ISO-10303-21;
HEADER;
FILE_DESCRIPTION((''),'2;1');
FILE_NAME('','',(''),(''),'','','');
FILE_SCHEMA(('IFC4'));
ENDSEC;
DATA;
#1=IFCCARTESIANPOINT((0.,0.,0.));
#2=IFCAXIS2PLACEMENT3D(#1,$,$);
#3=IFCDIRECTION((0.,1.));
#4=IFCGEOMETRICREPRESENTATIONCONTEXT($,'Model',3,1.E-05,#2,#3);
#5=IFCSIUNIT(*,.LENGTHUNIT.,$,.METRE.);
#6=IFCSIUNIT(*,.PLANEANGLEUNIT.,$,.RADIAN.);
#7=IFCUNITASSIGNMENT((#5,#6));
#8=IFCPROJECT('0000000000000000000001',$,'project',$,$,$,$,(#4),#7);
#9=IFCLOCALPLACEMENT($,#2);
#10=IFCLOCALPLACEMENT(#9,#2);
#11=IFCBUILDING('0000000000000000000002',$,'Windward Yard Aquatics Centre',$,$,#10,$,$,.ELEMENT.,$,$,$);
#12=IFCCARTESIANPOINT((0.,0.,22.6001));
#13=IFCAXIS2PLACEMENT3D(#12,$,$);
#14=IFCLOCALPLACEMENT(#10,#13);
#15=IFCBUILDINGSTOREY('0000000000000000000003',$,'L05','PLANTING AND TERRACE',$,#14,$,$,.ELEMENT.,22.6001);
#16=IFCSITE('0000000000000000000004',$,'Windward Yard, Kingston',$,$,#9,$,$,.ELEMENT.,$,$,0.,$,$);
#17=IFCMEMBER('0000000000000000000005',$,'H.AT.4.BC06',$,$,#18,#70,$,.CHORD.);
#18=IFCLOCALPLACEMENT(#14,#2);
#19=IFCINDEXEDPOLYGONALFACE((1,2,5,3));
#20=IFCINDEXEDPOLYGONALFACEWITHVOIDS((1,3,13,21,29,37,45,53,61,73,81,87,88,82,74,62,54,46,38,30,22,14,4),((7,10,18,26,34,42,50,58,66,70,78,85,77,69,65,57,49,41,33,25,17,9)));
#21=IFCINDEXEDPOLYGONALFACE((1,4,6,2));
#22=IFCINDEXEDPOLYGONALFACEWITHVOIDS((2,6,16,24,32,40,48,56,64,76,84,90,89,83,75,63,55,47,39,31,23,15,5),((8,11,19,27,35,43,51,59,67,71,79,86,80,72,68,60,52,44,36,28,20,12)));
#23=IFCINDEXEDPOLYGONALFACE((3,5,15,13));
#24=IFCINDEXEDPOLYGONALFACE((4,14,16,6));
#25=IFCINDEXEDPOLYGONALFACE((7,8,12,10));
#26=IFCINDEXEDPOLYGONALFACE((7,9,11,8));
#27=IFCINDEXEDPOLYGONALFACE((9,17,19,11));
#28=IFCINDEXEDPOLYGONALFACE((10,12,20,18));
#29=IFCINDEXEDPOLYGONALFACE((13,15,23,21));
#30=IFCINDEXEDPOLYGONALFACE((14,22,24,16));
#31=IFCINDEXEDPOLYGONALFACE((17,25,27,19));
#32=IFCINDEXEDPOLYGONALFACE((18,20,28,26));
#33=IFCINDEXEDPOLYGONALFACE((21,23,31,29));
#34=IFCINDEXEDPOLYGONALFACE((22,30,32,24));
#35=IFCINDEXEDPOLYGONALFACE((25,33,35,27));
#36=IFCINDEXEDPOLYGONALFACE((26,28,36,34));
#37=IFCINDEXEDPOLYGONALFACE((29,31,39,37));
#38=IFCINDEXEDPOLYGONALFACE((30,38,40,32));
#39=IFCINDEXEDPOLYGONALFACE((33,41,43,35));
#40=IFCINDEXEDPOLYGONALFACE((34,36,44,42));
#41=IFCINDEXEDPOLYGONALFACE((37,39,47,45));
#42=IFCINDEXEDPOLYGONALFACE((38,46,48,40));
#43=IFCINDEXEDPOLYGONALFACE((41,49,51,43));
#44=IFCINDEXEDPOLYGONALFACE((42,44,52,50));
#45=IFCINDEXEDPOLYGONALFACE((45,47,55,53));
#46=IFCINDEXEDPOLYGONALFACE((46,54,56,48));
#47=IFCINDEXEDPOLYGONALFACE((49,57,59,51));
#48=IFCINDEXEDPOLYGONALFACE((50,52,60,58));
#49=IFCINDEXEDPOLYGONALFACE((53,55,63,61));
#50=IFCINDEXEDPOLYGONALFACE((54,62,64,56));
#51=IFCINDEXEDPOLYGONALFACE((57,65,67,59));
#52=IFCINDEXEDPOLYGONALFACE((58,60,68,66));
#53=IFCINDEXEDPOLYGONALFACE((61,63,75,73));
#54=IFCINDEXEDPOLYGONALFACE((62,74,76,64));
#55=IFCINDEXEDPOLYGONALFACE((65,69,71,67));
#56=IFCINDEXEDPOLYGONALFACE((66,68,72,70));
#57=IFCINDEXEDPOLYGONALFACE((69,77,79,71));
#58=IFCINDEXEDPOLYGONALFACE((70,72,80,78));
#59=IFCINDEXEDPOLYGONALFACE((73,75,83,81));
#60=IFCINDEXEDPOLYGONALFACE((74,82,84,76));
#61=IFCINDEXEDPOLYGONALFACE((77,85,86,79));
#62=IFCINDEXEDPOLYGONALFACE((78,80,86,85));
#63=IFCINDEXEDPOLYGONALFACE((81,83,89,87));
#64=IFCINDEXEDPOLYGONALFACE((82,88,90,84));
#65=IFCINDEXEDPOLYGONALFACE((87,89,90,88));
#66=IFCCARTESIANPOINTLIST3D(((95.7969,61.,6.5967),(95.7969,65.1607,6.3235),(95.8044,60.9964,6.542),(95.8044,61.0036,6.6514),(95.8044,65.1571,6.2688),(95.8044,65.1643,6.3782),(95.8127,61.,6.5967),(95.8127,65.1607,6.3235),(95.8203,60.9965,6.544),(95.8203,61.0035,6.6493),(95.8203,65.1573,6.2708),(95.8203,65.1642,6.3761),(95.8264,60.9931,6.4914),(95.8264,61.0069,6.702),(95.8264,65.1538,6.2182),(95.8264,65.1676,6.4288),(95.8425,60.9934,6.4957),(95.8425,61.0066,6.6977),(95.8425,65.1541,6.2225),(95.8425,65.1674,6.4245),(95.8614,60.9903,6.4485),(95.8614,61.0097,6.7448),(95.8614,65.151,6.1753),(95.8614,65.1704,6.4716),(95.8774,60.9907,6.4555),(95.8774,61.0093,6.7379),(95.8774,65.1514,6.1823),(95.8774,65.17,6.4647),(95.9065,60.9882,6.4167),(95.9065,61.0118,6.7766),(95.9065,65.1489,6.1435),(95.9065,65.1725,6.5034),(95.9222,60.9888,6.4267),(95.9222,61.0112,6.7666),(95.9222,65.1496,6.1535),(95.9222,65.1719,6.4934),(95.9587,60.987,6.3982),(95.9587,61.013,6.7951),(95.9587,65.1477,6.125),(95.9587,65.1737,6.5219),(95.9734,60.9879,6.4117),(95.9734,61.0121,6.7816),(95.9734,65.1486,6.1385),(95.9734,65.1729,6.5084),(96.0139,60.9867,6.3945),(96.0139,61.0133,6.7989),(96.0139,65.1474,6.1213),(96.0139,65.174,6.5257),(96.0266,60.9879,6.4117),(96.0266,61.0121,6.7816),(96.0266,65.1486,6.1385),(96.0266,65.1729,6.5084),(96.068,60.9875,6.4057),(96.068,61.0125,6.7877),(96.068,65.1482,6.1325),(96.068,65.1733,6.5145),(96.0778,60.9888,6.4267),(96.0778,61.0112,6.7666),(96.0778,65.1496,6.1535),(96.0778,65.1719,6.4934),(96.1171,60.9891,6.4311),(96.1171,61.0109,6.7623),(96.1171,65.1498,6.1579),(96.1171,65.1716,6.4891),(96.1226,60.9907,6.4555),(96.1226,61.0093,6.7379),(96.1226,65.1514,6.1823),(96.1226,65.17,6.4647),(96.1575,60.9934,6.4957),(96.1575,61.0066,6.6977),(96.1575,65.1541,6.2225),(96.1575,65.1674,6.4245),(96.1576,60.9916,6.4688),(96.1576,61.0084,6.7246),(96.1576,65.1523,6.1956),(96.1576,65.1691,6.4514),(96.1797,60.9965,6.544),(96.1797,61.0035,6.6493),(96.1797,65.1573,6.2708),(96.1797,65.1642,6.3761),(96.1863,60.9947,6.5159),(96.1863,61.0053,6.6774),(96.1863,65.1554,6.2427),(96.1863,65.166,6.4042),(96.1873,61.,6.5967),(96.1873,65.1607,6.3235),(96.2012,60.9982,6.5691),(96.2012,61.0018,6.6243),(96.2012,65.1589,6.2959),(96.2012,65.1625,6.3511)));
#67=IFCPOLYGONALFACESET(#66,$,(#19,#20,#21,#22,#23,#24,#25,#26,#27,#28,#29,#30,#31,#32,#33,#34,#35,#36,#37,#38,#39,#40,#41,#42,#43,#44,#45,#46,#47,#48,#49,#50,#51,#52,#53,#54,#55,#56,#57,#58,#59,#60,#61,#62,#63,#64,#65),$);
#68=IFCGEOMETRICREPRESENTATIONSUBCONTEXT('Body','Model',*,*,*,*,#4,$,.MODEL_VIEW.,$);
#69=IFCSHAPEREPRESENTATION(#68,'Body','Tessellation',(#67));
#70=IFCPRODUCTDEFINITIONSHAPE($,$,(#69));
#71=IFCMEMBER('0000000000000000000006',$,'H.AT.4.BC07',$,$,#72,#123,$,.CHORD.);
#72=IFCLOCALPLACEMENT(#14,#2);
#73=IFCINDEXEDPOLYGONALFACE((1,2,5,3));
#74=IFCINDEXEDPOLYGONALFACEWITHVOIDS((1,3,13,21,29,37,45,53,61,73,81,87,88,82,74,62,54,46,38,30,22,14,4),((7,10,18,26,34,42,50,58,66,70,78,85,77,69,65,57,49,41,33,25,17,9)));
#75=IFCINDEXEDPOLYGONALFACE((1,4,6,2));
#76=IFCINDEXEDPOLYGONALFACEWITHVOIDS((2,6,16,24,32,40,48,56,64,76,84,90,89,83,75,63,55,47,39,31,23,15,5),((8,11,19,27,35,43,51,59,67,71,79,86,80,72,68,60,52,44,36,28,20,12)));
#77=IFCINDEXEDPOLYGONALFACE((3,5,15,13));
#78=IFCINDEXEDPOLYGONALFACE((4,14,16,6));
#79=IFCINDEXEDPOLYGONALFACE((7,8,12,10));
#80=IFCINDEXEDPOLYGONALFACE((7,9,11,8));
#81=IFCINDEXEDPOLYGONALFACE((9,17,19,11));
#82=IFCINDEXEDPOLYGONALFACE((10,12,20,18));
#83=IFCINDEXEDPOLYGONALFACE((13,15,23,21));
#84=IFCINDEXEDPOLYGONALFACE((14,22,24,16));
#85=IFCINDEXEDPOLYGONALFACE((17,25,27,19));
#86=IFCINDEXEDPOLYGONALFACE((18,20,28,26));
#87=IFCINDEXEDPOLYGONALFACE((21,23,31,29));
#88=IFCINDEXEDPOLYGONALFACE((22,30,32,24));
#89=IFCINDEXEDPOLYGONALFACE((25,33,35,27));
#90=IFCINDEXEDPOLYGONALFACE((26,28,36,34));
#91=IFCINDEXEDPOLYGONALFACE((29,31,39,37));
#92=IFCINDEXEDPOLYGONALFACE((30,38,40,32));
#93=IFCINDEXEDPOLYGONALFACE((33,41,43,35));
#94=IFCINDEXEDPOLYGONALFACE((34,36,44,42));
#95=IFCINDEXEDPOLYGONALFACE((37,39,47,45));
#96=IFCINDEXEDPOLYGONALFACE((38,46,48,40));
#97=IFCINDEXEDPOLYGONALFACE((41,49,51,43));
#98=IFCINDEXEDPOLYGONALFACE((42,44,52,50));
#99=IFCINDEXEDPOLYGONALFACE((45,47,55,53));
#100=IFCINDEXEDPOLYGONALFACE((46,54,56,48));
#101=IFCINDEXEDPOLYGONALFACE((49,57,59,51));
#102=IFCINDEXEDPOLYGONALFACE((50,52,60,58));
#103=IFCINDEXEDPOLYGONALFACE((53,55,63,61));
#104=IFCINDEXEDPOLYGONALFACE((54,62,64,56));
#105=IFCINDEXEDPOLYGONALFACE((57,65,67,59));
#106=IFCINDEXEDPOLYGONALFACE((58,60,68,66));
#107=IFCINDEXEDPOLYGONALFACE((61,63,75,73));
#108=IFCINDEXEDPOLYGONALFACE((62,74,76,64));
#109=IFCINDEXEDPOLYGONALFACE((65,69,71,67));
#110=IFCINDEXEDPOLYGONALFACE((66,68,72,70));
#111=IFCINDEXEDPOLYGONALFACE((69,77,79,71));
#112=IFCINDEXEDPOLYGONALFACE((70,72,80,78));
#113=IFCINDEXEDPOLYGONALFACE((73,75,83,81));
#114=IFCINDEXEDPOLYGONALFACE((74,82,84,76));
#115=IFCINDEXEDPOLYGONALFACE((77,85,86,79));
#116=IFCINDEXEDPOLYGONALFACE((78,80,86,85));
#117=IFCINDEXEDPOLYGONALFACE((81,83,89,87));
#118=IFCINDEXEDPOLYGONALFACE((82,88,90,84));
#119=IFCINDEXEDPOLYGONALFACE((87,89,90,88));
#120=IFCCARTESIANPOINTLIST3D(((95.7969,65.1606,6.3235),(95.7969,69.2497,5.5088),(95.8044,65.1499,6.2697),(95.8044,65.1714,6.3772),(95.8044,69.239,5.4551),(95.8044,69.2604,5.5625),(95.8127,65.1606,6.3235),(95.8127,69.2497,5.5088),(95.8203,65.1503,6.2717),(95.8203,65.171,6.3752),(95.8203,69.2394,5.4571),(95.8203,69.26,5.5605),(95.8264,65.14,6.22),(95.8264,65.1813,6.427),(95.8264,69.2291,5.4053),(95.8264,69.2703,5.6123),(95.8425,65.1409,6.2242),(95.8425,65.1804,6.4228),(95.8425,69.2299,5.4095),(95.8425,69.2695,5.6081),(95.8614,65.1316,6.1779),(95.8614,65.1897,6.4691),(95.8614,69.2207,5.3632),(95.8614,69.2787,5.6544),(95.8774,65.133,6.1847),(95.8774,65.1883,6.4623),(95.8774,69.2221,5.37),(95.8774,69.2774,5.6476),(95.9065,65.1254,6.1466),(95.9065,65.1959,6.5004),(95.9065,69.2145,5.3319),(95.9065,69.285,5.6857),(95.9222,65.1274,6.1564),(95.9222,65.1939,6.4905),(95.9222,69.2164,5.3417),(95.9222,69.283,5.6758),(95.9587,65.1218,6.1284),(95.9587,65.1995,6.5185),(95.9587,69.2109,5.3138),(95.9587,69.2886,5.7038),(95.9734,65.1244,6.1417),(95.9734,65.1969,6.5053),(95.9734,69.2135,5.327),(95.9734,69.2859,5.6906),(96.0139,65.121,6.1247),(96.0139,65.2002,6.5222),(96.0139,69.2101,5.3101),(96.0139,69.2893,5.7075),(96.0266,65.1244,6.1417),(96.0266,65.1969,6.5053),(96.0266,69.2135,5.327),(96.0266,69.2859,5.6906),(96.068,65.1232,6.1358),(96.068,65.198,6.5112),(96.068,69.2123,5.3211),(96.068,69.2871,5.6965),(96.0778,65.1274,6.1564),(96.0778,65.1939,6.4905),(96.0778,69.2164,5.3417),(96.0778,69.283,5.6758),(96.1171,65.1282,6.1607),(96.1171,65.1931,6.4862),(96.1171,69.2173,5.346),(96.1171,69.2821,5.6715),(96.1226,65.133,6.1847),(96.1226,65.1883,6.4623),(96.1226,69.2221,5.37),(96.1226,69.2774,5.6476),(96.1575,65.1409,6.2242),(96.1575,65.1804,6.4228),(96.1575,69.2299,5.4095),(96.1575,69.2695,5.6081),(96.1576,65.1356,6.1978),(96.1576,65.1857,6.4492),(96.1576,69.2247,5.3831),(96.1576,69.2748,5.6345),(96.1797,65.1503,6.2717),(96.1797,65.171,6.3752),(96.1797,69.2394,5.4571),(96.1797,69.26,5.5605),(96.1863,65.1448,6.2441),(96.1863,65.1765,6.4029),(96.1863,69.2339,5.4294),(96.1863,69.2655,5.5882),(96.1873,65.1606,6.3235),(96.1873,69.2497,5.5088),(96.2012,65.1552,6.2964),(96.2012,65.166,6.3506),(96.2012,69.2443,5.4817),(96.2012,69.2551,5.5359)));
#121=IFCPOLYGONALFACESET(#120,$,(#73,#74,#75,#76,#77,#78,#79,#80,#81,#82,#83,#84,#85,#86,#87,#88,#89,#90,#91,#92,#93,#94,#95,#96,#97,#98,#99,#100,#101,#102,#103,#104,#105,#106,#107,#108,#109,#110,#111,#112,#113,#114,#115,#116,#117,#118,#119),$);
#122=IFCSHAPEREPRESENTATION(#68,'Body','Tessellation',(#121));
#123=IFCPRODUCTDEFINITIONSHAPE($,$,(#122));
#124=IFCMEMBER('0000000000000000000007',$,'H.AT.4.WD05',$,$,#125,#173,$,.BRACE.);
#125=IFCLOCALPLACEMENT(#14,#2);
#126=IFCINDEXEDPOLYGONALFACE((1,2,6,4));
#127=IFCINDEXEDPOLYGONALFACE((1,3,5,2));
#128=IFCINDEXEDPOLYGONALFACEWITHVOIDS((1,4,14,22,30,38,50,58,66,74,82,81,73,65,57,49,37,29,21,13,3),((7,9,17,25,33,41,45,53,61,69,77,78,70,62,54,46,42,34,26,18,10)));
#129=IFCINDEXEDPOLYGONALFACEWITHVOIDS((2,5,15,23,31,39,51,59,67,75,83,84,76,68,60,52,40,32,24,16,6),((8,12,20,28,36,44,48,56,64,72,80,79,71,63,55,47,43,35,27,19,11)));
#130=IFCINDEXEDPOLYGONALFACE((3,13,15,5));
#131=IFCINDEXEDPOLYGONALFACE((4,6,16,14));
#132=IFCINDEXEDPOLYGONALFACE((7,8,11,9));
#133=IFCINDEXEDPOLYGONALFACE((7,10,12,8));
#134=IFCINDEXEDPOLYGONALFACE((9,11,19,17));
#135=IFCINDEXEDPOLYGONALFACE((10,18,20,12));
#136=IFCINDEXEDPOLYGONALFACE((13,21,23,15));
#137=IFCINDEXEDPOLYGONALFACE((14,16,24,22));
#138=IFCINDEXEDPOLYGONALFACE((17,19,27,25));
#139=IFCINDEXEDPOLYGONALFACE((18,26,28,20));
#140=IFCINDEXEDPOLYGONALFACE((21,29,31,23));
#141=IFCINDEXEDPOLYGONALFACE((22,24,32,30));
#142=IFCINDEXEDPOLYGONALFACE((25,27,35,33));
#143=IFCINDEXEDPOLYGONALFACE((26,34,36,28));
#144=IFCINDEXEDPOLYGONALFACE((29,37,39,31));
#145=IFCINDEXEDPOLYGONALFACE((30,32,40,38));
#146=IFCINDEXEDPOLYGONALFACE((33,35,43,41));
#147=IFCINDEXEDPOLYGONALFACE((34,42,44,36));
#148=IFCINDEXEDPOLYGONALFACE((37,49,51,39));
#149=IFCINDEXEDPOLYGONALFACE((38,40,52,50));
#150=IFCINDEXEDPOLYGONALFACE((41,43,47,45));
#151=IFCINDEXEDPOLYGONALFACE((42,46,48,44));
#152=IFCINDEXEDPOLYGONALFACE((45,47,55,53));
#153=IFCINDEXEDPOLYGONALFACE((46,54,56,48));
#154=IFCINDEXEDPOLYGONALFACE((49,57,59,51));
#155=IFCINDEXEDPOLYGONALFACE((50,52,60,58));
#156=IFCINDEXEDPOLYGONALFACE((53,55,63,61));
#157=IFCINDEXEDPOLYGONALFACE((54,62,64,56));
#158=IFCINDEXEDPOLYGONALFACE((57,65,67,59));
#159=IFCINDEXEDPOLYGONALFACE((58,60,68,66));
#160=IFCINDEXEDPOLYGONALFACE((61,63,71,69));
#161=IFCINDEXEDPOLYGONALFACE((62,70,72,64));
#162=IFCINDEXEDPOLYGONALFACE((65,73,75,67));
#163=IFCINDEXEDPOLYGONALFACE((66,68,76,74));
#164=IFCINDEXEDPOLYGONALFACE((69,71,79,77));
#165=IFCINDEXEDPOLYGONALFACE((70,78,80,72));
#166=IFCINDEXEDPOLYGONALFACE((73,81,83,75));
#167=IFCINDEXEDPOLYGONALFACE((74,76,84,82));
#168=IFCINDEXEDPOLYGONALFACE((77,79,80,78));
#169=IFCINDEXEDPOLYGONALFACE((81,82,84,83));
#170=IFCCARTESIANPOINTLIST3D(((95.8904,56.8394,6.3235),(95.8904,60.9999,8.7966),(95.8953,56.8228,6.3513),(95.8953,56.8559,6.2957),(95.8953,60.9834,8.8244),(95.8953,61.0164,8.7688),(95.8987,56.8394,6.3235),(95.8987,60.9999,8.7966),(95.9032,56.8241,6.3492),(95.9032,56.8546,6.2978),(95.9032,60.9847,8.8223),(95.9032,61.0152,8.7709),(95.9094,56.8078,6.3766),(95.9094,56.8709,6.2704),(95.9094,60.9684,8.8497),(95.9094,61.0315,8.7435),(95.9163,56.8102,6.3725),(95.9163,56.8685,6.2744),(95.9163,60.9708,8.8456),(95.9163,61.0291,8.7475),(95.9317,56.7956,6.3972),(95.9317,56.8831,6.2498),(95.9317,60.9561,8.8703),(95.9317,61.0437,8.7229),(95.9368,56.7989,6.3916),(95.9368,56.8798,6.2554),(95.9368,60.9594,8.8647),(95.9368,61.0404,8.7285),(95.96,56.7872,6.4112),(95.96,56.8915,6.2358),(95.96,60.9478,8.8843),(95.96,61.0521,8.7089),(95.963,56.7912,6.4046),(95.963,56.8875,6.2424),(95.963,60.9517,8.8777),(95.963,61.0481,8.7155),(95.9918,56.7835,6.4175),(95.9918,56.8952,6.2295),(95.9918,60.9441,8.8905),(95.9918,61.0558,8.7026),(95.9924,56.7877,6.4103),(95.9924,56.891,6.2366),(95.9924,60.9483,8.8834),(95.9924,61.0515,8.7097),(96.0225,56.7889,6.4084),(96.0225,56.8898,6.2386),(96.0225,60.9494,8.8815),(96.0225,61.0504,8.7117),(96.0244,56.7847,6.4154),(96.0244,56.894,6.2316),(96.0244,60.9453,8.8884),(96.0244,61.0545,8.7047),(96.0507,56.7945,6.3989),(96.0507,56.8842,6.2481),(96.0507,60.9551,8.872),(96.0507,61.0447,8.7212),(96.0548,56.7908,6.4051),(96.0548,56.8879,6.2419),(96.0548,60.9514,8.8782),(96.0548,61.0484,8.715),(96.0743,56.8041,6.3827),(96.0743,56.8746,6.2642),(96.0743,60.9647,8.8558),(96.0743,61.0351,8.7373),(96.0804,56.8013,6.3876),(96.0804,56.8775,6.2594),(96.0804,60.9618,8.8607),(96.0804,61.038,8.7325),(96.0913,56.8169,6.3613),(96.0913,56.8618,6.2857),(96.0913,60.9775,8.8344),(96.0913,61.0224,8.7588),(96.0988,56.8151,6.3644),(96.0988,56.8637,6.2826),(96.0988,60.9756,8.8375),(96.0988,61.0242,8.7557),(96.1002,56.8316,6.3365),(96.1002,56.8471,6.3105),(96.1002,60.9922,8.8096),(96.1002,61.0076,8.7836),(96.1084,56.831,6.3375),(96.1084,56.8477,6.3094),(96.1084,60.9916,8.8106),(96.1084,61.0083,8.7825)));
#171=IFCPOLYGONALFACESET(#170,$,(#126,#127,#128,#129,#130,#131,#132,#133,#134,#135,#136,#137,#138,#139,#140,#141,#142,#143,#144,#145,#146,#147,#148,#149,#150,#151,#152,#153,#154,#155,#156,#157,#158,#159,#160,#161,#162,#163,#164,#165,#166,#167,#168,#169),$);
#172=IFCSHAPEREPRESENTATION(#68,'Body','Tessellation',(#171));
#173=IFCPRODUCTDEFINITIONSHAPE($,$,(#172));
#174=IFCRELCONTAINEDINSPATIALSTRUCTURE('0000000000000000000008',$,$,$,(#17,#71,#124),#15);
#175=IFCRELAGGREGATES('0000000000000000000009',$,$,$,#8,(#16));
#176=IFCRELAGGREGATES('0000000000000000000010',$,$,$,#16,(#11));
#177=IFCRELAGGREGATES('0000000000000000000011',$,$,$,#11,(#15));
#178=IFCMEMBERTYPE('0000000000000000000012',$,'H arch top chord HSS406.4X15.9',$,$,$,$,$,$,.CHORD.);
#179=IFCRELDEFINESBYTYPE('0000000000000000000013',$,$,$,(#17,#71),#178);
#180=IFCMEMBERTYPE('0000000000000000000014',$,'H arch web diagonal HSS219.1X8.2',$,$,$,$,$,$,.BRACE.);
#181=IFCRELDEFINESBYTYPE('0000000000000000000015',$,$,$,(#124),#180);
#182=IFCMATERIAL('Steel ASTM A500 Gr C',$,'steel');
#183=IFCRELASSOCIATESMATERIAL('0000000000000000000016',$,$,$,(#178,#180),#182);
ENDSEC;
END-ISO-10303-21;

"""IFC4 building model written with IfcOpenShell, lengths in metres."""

from ifc_helpers import new_model, si_unit, direction, frame, origin, origin_2d, place, context, subcontext, project, spatial, hollow_circle, extrude, material, material_profile, profile_set, type_object, element, save


model = new_model("IFC4")

# Units and contexts
model_context = context("Model", 3, precision=1e-05, world=origin(), true_north=direction((0.0, 1.0)))
body_context = subcontext(model_context, "Body", "Model", "MODEL_VIEW")
ifc_project = project(units=[si_unit("LENGTHUNIT", "METRE"), si_unit("PLANEANGLEUNIT", "RADIAN")], contexts=[model_context])

# Site, building, storey
site_placement = place(None, origin())
site = spatial("IfcSite", under=ifc_project, at=site_placement, Name="Windward Yard, Kingston", CompositionType="ELEMENT", RefElevation=0.0)
building_placement = place(site_placement, origin())
building = spatial("IfcBuilding", under=site, at=building_placement, Name="Windward Yard Aquatics Centre", CompositionType="ELEMENT")
storey_placement = place(building_placement, frame((0.0, 0.0, 22.6001)))
storey = spatial("IfcBuildingStorey", under=building, at=storey_placement, Name="L05", Description="PLANTING AND TERRACE", CompositionType="ELEMENT", Elevation=22.6001)

# Members
ifc_material_1 = material(Name="Steel ASTM A500 Gr C", Category="steel")
ifc_material_profile_1 = material_profile(ifc_material_1, hollow_circle(Radius=0.2031, WallThickness=0.0159, at=origin_2d()), Name="HSS406.4X15.9")
ifc_profile_set_1 = profile_set([ifc_material_profile_1], Name="Steel ASTM A500 Gr C")
member_type_1 = type_object("IfcMemberType", Name="H arch top chord HSS406.4X15.9", PredefinedType="CHORD", material=ifc_profile_set_1)
member_1_placement = place(storey_placement, frame((96.0, 61.0, 6.5967), z_axis=(0.0, 0.997851, -0.06552), x_axis=(-1.0, 0.0, 0.0)))
element("IfcMember", 1, at=member_1_placement, inside=storey, type_object=member_type_1, Name="H.AT.4.BC06", PredefinedType="CHORD", context=body_context, shape_type="SweptSolid", body=[
    extrude(hollow_circle(Radius=0.2031, WallThickness=0.0159, at=origin_2d()), origin(), (0.0, 0.0, 1.0), 4.1697),
])
member_2_placement = place(storey_placement, frame((96.0, 65.1606, 6.3235), z_axis=(0.0, 0.980725, -0.195395), x_axis=(-1.0, 0.0, 0.0)))
element("IfcMember", 2, at=member_2_placement, inside=storey, type_object=member_type_1, Name="H.AT.4.BC07", PredefinedType="CHORD", context=body_context, shape_type="SweptSolid", body=[
    extrude(hollow_circle(Radius=0.2031, WallThickness=0.0159, at=origin_2d()), origin(), (0.0, 0.0, 1.0), 4.1694),
])
ifc_material_profile_2 = material_profile(ifc_material_1, hollow_circle(Radius=0.1096, WallThickness=0.0083, at=origin_2d()), Name="HSS219.1X8.2")
ifc_profile_set_2 = profile_set([ifc_material_profile_2], Name="Steel ASTM A500 Gr C")
member_type_2 = type_object("IfcMemberType", Name="H arch web diagonal HSS219.1X8.2", PredefinedType="BRACE", material=ifc_profile_set_2)
for number, where, z_axis, x_axis, name in (
    (3, (96.0, 56.8394, 6.3235), (0.0, 0.859604, 0.510961), (-1.0, 0.0, 0.0), "H.AT.4.WD05"),
):
    element("IfcMember", number, at=place(storey_placement, frame(where, z_axis=z_axis, x_axis=x_axis)), inside=storey, type_object=member_type_2, Name=name, PredefinedType="BRACE", context=body_context, shape_type="SweptSolid", body=[
        extrude(hollow_circle(Radius=0.1096, WallThickness=0.0083, at=origin_2d()), origin(), (0.0, 0.0, 1.0), 4.8401),
    ])

save(model, "model.ifc")
